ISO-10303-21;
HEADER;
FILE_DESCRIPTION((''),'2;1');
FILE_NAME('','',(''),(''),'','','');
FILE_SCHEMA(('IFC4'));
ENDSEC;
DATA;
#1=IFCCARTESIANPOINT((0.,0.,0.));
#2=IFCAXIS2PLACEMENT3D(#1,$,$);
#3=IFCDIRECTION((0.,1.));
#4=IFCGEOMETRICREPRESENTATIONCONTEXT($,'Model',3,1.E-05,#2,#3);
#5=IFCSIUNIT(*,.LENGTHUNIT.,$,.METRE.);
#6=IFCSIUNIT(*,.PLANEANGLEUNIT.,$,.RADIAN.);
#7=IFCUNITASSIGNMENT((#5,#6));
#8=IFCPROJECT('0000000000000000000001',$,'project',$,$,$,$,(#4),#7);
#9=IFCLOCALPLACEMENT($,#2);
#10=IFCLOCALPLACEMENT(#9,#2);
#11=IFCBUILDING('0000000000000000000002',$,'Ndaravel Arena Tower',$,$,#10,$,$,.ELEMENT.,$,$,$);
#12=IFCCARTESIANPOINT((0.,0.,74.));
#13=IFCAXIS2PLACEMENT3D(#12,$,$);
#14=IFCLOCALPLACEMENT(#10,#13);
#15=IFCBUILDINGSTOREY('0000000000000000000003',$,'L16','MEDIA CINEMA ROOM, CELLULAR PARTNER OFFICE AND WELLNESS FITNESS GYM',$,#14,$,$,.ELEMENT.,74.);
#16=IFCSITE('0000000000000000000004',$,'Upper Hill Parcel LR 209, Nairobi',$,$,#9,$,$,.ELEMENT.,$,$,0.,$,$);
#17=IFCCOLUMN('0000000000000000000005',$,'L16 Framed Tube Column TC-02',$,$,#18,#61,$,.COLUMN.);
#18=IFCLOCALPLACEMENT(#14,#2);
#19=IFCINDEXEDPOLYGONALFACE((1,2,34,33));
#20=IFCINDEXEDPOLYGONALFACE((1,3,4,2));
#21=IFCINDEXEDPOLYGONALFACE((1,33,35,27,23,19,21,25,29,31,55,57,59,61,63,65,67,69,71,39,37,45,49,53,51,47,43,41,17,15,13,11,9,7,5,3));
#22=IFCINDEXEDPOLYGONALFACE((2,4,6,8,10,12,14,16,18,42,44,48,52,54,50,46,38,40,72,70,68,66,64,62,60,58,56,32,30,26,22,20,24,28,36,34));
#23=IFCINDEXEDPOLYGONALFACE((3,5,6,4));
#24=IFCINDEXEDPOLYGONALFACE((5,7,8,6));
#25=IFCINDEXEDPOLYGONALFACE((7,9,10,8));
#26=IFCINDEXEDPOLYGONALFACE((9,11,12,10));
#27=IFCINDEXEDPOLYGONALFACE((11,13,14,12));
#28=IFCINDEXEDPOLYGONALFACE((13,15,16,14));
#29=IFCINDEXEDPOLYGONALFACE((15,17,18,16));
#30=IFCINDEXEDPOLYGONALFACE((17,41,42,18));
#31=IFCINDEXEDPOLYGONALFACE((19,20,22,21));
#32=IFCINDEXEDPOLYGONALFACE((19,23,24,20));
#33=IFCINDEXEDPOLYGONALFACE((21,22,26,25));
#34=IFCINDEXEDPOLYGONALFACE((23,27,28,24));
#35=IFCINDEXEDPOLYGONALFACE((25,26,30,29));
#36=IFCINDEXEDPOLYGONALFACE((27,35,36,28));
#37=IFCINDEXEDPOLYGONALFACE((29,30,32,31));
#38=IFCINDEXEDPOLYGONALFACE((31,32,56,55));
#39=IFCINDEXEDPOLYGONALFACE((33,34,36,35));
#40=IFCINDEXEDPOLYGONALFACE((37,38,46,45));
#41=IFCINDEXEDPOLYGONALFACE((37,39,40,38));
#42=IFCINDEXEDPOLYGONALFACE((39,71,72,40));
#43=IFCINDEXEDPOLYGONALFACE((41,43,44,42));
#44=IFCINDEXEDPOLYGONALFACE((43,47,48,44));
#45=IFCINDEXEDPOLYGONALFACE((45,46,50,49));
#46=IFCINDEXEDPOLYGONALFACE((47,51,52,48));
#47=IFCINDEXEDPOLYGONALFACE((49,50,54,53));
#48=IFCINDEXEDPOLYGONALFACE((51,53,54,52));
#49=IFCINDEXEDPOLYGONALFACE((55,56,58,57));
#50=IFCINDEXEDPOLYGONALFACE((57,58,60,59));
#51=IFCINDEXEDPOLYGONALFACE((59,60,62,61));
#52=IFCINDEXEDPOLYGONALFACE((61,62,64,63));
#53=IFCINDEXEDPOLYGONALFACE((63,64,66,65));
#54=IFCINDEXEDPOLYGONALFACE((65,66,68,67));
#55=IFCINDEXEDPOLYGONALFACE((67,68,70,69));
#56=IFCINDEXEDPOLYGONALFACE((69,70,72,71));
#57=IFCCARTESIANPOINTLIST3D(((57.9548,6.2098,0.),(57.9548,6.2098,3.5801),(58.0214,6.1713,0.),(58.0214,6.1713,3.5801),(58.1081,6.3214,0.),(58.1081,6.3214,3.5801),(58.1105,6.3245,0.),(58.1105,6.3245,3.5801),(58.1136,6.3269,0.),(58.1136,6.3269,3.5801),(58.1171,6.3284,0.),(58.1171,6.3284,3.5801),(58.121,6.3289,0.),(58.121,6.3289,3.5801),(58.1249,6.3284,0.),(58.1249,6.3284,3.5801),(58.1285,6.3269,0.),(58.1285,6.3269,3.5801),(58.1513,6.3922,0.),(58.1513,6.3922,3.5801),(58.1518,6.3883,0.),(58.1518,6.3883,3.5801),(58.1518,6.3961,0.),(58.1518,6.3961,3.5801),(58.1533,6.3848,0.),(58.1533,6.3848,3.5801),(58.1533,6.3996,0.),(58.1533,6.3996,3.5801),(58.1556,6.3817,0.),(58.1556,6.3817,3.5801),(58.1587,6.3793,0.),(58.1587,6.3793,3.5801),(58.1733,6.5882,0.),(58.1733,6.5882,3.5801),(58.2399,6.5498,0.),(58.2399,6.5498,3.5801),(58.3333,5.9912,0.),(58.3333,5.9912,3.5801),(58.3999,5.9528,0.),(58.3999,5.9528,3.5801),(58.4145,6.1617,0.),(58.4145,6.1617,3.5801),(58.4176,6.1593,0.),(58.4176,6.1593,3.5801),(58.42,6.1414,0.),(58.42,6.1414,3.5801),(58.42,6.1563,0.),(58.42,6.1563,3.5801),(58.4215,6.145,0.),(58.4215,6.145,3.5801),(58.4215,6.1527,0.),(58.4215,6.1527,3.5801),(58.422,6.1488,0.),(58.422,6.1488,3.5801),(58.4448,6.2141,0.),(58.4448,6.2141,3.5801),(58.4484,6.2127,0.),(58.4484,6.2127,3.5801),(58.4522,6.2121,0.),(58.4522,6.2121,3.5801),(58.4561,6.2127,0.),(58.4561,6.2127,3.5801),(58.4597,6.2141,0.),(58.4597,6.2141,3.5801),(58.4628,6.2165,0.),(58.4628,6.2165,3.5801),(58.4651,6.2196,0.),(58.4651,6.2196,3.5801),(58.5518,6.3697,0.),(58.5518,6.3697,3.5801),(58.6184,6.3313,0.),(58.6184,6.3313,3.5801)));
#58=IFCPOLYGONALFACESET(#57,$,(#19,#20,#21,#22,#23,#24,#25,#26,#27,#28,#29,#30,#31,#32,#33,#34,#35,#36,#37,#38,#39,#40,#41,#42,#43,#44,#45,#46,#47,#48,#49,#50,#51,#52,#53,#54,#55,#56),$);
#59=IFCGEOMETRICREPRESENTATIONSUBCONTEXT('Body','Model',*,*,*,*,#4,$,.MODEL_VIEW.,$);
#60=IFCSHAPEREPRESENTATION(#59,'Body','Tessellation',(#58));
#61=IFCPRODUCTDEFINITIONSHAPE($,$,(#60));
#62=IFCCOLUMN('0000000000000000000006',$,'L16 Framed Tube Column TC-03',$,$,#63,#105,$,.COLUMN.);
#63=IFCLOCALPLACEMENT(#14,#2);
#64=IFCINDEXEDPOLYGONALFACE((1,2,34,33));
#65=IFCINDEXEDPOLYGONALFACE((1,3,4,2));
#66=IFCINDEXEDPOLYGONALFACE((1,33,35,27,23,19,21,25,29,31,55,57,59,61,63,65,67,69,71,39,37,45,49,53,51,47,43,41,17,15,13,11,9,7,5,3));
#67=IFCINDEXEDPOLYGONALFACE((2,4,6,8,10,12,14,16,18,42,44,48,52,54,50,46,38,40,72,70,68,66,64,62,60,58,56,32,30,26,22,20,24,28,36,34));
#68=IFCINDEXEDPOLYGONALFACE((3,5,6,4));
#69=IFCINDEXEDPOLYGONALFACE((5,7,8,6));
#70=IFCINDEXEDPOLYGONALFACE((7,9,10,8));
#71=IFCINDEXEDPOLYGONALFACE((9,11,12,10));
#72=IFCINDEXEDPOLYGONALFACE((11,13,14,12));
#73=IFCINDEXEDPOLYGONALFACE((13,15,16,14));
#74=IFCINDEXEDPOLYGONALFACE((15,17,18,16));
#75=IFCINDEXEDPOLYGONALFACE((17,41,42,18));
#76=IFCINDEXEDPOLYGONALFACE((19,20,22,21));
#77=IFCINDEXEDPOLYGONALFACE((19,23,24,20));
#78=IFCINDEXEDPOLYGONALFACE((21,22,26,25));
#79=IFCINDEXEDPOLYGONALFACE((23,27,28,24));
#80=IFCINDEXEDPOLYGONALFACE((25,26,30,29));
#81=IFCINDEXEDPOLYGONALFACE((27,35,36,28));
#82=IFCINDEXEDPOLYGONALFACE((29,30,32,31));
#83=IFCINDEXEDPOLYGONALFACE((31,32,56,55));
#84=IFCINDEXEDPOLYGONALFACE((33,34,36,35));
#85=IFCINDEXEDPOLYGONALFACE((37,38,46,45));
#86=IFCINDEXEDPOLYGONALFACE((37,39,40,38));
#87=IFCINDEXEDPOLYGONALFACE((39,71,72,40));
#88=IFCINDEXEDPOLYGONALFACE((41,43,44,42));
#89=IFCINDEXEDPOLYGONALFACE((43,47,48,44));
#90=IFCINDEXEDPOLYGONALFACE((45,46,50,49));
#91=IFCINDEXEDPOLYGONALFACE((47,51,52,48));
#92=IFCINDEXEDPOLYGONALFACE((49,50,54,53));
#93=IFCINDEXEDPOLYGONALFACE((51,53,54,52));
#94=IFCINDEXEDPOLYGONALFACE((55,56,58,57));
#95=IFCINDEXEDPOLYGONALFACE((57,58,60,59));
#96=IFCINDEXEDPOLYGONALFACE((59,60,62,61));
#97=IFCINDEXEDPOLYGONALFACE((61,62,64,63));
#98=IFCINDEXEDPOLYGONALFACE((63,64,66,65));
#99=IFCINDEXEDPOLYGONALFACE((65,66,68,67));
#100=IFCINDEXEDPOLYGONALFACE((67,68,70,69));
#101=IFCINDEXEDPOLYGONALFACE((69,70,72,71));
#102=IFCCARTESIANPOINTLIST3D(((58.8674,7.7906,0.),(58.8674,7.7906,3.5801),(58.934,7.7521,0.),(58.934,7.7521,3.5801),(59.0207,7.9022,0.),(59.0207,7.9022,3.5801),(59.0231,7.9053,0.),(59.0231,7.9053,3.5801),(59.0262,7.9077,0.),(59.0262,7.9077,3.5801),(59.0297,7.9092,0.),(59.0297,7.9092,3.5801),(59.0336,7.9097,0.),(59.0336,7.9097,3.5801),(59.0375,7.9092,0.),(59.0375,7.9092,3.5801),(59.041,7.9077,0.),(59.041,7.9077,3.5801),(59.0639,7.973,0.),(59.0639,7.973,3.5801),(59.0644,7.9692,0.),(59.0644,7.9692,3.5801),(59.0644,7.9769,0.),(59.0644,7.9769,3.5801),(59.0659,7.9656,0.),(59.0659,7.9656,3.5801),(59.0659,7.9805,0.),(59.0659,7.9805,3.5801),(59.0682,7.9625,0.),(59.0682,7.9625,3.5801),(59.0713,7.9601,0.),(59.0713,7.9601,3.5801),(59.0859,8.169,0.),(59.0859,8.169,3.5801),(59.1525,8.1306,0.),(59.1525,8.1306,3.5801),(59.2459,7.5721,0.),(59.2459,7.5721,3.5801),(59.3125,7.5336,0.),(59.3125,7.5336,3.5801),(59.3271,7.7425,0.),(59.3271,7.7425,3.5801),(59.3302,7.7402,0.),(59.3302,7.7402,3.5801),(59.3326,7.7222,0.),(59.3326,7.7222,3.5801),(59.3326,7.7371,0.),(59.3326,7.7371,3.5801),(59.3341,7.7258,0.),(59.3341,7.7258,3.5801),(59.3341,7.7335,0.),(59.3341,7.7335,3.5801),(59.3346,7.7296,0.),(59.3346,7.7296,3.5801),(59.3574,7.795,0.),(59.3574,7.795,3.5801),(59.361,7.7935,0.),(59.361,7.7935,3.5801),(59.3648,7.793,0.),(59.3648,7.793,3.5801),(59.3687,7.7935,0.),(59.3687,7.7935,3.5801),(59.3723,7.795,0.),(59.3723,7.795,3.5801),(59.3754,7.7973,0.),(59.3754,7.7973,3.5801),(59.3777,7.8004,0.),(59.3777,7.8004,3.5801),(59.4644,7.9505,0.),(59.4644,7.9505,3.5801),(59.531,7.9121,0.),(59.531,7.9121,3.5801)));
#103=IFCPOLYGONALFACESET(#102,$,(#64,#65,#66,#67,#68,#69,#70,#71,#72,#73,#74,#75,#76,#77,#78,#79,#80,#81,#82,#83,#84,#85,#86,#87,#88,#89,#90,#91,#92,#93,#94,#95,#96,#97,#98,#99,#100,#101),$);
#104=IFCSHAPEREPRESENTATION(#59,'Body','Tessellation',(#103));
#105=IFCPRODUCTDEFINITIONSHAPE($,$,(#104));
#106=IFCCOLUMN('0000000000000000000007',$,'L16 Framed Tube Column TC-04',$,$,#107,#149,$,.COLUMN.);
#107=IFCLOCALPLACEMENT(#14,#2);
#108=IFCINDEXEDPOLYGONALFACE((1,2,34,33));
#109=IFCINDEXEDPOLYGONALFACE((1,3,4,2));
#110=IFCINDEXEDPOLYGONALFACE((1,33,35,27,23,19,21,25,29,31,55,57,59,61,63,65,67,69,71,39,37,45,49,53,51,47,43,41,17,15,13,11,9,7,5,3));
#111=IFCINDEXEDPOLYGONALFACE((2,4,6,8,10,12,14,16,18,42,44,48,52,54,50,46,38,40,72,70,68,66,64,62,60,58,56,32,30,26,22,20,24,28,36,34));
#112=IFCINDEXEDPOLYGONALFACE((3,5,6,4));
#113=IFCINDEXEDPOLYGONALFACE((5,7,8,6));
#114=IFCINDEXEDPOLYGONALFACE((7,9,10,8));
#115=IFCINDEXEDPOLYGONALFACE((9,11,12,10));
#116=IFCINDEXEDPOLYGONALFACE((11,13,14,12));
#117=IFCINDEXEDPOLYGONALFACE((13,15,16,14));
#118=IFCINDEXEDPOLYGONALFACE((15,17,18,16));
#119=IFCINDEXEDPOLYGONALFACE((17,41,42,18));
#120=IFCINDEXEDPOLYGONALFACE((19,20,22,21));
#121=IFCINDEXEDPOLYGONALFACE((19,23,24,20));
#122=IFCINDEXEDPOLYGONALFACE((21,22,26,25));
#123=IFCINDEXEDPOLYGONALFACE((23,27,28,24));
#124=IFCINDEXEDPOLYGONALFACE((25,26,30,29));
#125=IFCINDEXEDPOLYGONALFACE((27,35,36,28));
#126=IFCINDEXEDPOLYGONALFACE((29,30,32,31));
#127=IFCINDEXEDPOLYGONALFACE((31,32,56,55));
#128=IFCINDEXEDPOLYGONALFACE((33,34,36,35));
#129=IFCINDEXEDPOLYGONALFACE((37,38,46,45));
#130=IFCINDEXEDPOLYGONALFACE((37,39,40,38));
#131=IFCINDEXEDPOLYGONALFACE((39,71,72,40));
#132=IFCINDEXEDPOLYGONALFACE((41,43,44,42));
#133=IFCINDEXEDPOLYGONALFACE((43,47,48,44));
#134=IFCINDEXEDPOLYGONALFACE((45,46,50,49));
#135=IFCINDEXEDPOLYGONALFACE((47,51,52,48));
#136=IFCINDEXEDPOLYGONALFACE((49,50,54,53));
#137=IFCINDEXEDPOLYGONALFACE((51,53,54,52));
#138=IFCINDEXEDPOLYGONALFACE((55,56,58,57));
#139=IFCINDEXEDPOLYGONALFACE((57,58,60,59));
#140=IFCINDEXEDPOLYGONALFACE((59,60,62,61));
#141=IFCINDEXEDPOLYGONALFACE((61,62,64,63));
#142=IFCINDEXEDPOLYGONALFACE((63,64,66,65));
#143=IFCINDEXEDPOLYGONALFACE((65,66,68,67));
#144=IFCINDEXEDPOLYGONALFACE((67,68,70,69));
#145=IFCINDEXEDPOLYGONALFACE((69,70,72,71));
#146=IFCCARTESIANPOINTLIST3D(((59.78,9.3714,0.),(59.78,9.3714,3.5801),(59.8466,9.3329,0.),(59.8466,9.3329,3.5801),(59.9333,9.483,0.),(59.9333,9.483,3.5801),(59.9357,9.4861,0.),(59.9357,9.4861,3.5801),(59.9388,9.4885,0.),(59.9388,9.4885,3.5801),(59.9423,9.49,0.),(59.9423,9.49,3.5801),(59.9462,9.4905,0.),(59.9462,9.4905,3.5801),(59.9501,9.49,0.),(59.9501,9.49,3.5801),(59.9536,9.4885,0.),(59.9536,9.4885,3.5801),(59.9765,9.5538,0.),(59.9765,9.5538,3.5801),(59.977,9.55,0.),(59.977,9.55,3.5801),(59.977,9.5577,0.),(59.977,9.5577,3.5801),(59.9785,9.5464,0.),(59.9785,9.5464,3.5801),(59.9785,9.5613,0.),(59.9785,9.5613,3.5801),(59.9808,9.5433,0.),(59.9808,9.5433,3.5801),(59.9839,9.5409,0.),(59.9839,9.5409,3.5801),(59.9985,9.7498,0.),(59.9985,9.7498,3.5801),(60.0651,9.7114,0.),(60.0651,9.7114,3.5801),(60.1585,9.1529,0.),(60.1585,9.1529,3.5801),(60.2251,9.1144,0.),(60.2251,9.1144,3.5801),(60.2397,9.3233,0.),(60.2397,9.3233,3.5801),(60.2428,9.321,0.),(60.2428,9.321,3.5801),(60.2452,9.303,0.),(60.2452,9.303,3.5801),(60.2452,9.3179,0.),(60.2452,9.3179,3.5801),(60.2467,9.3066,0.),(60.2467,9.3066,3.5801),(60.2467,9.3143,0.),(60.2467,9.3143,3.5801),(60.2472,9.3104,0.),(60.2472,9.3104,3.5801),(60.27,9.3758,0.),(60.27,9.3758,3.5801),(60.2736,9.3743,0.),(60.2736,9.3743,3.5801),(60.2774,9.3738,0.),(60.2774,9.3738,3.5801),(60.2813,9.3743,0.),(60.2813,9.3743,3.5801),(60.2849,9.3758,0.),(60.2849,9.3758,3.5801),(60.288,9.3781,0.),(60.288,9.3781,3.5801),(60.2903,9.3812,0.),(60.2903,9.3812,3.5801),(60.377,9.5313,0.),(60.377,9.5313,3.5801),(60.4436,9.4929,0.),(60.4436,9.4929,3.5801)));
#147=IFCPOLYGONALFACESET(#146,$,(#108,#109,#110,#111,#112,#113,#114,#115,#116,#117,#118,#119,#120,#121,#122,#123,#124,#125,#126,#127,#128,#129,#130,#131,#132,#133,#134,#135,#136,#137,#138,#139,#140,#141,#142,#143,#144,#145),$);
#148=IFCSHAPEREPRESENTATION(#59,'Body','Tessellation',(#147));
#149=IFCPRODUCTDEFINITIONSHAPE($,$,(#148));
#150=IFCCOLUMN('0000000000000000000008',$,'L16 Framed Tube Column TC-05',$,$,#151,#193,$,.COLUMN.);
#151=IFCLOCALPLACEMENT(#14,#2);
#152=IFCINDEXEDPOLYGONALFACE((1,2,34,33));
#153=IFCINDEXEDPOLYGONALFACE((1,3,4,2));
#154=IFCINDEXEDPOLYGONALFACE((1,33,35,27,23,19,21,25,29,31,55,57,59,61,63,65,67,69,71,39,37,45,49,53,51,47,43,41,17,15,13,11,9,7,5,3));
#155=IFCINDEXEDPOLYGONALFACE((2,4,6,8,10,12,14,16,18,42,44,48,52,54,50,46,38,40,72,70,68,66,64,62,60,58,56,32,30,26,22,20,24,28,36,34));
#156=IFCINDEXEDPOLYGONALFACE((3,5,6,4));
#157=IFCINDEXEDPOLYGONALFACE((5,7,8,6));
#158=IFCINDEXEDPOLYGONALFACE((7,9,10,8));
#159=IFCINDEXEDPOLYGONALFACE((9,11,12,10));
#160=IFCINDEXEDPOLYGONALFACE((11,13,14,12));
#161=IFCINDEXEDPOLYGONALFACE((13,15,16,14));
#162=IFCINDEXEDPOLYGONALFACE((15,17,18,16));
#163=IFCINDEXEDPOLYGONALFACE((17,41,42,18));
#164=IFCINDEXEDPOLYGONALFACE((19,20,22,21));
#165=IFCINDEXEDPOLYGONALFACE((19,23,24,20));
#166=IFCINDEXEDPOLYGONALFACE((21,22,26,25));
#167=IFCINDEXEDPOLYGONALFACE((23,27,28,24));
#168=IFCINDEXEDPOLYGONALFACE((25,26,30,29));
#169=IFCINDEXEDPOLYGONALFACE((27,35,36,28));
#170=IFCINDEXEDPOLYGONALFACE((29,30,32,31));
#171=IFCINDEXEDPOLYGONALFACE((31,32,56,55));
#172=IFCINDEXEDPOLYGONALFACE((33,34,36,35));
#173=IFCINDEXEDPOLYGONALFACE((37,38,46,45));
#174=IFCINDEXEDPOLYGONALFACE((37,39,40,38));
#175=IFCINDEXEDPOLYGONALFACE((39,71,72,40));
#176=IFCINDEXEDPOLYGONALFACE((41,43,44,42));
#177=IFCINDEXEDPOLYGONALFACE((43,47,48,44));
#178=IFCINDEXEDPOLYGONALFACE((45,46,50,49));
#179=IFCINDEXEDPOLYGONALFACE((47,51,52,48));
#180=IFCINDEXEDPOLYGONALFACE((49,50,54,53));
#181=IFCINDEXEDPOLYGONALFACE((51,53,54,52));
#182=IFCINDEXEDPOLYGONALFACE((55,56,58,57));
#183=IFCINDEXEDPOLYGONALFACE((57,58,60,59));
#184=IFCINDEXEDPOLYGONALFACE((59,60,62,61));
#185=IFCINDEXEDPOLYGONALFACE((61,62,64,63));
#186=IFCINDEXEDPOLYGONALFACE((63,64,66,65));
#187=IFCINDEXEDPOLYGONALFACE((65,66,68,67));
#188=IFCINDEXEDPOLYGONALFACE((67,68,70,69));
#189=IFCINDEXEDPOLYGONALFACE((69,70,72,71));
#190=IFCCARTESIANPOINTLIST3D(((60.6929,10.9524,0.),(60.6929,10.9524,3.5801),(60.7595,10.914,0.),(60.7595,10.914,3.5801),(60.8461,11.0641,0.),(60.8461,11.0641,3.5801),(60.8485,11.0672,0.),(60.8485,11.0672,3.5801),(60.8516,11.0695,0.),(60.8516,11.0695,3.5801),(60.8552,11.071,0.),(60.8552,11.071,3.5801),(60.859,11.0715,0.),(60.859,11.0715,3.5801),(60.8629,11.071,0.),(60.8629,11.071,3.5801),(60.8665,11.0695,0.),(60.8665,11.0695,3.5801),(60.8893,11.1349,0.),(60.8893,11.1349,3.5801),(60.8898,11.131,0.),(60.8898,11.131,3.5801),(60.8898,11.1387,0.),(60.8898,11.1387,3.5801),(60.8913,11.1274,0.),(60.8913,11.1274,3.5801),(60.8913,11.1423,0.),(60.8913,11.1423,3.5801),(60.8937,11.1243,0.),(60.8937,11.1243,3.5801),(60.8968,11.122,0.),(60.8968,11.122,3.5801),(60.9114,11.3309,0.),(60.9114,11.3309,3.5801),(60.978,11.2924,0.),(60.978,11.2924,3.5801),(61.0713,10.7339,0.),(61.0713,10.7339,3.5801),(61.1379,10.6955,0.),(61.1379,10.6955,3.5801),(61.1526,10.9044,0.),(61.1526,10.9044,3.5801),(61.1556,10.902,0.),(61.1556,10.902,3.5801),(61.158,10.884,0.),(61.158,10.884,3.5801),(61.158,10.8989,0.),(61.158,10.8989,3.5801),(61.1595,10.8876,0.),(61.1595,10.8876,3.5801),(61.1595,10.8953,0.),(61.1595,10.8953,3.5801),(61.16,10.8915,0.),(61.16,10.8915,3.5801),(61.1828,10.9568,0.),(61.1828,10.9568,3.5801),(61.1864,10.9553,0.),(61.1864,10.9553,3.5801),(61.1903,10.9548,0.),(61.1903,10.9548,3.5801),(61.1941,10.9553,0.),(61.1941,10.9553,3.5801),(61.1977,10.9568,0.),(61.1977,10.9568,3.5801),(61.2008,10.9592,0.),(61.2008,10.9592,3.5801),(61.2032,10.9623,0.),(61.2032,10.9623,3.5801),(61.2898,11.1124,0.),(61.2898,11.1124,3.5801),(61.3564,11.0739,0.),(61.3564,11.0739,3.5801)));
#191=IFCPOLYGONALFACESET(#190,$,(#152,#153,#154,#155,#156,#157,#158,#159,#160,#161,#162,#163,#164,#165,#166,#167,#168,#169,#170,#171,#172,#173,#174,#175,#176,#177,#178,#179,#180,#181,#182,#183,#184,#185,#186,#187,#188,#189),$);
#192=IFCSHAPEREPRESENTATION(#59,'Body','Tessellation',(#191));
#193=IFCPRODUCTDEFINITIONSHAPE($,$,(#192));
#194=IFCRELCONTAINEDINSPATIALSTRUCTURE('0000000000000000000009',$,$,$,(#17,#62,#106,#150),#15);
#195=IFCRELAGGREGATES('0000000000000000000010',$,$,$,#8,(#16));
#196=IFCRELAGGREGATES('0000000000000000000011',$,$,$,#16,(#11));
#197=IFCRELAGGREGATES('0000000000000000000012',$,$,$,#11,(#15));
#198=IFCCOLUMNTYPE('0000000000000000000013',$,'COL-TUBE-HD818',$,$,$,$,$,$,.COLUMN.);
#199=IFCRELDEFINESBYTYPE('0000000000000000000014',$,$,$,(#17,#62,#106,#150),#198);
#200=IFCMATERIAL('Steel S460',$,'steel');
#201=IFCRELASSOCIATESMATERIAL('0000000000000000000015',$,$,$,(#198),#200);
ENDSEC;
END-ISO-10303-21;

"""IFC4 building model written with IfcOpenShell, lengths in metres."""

from ifc_helpers import new_model, si_unit, direction, frame, origin, origin_2d, place, context, subcontext, project, spatial, i_section, extrude, material, material_profile, profile_set, type_object, element, save


model = new_model("IFC4")

# Units and contexts
model_context = context("Model", 3, precision=1e-05, world=origin(), true_north=direction((0.0, 1.0)))
body_context = subcontext(model_context, "Body", "Model", "MODEL_VIEW")
ifc_project = project(units=[si_unit("LENGTHUNIT", "METRE"), si_unit("PLANEANGLEUNIT", "RADIAN")], contexts=[model_context])

# Site, building, storey
site_placement = place(None, origin())
site = spatial("IfcSite", under=ifc_project, at=site_placement, Name="Upper Hill Parcel LR 209, Nairobi", CompositionType="ELEMENT", RefElevation=0.0)
building_placement = place(site_placement, origin())
building = spatial("IfcBuilding", under=site, at=building_placement, Name="Ndaravel Arena Tower", CompositionType="ELEMENT")
storey_placement = place(building_placement, frame((0.0, 0.0, 74.0)))
storey = spatial("IfcBuildingStorey", under=building, at=storey_placement, Name="L16", Description="MEDIA CINEMA ROOM, CELLULAR PARTNER OFFICE AND WELLNESS FITNESS GYM", CompositionType="ELEMENT", Elevation=74.0)

# Columns
ifc_material_1 = material(Name="Steel S460", Category="steel")
ifc_material_profile_1 = material_profile(ifc_material_1, i_section(OverallWidth=0.437, OverallDepth=0.5139, WebThickness=0.0605, FlangeThickness=0.0769, FilletRadius=0.0149, at=origin_2d()), Name="HD 400x818")
ifc_profile_set_1 = profile_set([ifc_material_profile_1], Name="Steel S460")
column_type = type_object("IfcColumnType", Name="COL-TUBE-HD818", PredefinedType="COLUMN", material=ifc_profile_set_1)
for number, where, z_axis, x_axis, name in (
    (1, (58.2866, 6.2705, 0.0), (0.0, 0.0, 1.0), (0.5, 0.866025, 0.0), "L16 Framed Tube Column TC-02"),
    (2, (59.1992, 7.8513, 0.0), (0.0, 0.0, 1.0), (0.5, 0.866025, 0.0), "L16 Framed Tube Column TC-03"),
    (3, (60.1118, 9.4321, 0.0), (0.0, 0.0, 1.0), (0.5, 0.866025, 0.0), "L16 Framed Tube Column TC-04"),
    (4, (61.0247, 11.0132, 0.0), (0.0, 0.0, 1.0), (0.5, 0.866025, 0.0), "L16 Framed Tube Column TC-05"),
):
    element("IfcColumn", number, at=place(storey_placement, frame(where, z_axis=z_axis, x_axis=x_axis)), inside=storey, type_object=column_type, Name=name, PredefinedType="COLUMN", context=body_context, shape_type="SweptSolid", body=[
        extrude(i_section(OverallWidth=0.437, OverallDepth=0.5139, WebThickness=0.0605, FlangeThickness=0.0769, FilletRadius=0.0149, at=origin_2d()), origin(), (0.0, 0.0, 1.0), 3.5801),
    ])

save(model, "model.ifc")
